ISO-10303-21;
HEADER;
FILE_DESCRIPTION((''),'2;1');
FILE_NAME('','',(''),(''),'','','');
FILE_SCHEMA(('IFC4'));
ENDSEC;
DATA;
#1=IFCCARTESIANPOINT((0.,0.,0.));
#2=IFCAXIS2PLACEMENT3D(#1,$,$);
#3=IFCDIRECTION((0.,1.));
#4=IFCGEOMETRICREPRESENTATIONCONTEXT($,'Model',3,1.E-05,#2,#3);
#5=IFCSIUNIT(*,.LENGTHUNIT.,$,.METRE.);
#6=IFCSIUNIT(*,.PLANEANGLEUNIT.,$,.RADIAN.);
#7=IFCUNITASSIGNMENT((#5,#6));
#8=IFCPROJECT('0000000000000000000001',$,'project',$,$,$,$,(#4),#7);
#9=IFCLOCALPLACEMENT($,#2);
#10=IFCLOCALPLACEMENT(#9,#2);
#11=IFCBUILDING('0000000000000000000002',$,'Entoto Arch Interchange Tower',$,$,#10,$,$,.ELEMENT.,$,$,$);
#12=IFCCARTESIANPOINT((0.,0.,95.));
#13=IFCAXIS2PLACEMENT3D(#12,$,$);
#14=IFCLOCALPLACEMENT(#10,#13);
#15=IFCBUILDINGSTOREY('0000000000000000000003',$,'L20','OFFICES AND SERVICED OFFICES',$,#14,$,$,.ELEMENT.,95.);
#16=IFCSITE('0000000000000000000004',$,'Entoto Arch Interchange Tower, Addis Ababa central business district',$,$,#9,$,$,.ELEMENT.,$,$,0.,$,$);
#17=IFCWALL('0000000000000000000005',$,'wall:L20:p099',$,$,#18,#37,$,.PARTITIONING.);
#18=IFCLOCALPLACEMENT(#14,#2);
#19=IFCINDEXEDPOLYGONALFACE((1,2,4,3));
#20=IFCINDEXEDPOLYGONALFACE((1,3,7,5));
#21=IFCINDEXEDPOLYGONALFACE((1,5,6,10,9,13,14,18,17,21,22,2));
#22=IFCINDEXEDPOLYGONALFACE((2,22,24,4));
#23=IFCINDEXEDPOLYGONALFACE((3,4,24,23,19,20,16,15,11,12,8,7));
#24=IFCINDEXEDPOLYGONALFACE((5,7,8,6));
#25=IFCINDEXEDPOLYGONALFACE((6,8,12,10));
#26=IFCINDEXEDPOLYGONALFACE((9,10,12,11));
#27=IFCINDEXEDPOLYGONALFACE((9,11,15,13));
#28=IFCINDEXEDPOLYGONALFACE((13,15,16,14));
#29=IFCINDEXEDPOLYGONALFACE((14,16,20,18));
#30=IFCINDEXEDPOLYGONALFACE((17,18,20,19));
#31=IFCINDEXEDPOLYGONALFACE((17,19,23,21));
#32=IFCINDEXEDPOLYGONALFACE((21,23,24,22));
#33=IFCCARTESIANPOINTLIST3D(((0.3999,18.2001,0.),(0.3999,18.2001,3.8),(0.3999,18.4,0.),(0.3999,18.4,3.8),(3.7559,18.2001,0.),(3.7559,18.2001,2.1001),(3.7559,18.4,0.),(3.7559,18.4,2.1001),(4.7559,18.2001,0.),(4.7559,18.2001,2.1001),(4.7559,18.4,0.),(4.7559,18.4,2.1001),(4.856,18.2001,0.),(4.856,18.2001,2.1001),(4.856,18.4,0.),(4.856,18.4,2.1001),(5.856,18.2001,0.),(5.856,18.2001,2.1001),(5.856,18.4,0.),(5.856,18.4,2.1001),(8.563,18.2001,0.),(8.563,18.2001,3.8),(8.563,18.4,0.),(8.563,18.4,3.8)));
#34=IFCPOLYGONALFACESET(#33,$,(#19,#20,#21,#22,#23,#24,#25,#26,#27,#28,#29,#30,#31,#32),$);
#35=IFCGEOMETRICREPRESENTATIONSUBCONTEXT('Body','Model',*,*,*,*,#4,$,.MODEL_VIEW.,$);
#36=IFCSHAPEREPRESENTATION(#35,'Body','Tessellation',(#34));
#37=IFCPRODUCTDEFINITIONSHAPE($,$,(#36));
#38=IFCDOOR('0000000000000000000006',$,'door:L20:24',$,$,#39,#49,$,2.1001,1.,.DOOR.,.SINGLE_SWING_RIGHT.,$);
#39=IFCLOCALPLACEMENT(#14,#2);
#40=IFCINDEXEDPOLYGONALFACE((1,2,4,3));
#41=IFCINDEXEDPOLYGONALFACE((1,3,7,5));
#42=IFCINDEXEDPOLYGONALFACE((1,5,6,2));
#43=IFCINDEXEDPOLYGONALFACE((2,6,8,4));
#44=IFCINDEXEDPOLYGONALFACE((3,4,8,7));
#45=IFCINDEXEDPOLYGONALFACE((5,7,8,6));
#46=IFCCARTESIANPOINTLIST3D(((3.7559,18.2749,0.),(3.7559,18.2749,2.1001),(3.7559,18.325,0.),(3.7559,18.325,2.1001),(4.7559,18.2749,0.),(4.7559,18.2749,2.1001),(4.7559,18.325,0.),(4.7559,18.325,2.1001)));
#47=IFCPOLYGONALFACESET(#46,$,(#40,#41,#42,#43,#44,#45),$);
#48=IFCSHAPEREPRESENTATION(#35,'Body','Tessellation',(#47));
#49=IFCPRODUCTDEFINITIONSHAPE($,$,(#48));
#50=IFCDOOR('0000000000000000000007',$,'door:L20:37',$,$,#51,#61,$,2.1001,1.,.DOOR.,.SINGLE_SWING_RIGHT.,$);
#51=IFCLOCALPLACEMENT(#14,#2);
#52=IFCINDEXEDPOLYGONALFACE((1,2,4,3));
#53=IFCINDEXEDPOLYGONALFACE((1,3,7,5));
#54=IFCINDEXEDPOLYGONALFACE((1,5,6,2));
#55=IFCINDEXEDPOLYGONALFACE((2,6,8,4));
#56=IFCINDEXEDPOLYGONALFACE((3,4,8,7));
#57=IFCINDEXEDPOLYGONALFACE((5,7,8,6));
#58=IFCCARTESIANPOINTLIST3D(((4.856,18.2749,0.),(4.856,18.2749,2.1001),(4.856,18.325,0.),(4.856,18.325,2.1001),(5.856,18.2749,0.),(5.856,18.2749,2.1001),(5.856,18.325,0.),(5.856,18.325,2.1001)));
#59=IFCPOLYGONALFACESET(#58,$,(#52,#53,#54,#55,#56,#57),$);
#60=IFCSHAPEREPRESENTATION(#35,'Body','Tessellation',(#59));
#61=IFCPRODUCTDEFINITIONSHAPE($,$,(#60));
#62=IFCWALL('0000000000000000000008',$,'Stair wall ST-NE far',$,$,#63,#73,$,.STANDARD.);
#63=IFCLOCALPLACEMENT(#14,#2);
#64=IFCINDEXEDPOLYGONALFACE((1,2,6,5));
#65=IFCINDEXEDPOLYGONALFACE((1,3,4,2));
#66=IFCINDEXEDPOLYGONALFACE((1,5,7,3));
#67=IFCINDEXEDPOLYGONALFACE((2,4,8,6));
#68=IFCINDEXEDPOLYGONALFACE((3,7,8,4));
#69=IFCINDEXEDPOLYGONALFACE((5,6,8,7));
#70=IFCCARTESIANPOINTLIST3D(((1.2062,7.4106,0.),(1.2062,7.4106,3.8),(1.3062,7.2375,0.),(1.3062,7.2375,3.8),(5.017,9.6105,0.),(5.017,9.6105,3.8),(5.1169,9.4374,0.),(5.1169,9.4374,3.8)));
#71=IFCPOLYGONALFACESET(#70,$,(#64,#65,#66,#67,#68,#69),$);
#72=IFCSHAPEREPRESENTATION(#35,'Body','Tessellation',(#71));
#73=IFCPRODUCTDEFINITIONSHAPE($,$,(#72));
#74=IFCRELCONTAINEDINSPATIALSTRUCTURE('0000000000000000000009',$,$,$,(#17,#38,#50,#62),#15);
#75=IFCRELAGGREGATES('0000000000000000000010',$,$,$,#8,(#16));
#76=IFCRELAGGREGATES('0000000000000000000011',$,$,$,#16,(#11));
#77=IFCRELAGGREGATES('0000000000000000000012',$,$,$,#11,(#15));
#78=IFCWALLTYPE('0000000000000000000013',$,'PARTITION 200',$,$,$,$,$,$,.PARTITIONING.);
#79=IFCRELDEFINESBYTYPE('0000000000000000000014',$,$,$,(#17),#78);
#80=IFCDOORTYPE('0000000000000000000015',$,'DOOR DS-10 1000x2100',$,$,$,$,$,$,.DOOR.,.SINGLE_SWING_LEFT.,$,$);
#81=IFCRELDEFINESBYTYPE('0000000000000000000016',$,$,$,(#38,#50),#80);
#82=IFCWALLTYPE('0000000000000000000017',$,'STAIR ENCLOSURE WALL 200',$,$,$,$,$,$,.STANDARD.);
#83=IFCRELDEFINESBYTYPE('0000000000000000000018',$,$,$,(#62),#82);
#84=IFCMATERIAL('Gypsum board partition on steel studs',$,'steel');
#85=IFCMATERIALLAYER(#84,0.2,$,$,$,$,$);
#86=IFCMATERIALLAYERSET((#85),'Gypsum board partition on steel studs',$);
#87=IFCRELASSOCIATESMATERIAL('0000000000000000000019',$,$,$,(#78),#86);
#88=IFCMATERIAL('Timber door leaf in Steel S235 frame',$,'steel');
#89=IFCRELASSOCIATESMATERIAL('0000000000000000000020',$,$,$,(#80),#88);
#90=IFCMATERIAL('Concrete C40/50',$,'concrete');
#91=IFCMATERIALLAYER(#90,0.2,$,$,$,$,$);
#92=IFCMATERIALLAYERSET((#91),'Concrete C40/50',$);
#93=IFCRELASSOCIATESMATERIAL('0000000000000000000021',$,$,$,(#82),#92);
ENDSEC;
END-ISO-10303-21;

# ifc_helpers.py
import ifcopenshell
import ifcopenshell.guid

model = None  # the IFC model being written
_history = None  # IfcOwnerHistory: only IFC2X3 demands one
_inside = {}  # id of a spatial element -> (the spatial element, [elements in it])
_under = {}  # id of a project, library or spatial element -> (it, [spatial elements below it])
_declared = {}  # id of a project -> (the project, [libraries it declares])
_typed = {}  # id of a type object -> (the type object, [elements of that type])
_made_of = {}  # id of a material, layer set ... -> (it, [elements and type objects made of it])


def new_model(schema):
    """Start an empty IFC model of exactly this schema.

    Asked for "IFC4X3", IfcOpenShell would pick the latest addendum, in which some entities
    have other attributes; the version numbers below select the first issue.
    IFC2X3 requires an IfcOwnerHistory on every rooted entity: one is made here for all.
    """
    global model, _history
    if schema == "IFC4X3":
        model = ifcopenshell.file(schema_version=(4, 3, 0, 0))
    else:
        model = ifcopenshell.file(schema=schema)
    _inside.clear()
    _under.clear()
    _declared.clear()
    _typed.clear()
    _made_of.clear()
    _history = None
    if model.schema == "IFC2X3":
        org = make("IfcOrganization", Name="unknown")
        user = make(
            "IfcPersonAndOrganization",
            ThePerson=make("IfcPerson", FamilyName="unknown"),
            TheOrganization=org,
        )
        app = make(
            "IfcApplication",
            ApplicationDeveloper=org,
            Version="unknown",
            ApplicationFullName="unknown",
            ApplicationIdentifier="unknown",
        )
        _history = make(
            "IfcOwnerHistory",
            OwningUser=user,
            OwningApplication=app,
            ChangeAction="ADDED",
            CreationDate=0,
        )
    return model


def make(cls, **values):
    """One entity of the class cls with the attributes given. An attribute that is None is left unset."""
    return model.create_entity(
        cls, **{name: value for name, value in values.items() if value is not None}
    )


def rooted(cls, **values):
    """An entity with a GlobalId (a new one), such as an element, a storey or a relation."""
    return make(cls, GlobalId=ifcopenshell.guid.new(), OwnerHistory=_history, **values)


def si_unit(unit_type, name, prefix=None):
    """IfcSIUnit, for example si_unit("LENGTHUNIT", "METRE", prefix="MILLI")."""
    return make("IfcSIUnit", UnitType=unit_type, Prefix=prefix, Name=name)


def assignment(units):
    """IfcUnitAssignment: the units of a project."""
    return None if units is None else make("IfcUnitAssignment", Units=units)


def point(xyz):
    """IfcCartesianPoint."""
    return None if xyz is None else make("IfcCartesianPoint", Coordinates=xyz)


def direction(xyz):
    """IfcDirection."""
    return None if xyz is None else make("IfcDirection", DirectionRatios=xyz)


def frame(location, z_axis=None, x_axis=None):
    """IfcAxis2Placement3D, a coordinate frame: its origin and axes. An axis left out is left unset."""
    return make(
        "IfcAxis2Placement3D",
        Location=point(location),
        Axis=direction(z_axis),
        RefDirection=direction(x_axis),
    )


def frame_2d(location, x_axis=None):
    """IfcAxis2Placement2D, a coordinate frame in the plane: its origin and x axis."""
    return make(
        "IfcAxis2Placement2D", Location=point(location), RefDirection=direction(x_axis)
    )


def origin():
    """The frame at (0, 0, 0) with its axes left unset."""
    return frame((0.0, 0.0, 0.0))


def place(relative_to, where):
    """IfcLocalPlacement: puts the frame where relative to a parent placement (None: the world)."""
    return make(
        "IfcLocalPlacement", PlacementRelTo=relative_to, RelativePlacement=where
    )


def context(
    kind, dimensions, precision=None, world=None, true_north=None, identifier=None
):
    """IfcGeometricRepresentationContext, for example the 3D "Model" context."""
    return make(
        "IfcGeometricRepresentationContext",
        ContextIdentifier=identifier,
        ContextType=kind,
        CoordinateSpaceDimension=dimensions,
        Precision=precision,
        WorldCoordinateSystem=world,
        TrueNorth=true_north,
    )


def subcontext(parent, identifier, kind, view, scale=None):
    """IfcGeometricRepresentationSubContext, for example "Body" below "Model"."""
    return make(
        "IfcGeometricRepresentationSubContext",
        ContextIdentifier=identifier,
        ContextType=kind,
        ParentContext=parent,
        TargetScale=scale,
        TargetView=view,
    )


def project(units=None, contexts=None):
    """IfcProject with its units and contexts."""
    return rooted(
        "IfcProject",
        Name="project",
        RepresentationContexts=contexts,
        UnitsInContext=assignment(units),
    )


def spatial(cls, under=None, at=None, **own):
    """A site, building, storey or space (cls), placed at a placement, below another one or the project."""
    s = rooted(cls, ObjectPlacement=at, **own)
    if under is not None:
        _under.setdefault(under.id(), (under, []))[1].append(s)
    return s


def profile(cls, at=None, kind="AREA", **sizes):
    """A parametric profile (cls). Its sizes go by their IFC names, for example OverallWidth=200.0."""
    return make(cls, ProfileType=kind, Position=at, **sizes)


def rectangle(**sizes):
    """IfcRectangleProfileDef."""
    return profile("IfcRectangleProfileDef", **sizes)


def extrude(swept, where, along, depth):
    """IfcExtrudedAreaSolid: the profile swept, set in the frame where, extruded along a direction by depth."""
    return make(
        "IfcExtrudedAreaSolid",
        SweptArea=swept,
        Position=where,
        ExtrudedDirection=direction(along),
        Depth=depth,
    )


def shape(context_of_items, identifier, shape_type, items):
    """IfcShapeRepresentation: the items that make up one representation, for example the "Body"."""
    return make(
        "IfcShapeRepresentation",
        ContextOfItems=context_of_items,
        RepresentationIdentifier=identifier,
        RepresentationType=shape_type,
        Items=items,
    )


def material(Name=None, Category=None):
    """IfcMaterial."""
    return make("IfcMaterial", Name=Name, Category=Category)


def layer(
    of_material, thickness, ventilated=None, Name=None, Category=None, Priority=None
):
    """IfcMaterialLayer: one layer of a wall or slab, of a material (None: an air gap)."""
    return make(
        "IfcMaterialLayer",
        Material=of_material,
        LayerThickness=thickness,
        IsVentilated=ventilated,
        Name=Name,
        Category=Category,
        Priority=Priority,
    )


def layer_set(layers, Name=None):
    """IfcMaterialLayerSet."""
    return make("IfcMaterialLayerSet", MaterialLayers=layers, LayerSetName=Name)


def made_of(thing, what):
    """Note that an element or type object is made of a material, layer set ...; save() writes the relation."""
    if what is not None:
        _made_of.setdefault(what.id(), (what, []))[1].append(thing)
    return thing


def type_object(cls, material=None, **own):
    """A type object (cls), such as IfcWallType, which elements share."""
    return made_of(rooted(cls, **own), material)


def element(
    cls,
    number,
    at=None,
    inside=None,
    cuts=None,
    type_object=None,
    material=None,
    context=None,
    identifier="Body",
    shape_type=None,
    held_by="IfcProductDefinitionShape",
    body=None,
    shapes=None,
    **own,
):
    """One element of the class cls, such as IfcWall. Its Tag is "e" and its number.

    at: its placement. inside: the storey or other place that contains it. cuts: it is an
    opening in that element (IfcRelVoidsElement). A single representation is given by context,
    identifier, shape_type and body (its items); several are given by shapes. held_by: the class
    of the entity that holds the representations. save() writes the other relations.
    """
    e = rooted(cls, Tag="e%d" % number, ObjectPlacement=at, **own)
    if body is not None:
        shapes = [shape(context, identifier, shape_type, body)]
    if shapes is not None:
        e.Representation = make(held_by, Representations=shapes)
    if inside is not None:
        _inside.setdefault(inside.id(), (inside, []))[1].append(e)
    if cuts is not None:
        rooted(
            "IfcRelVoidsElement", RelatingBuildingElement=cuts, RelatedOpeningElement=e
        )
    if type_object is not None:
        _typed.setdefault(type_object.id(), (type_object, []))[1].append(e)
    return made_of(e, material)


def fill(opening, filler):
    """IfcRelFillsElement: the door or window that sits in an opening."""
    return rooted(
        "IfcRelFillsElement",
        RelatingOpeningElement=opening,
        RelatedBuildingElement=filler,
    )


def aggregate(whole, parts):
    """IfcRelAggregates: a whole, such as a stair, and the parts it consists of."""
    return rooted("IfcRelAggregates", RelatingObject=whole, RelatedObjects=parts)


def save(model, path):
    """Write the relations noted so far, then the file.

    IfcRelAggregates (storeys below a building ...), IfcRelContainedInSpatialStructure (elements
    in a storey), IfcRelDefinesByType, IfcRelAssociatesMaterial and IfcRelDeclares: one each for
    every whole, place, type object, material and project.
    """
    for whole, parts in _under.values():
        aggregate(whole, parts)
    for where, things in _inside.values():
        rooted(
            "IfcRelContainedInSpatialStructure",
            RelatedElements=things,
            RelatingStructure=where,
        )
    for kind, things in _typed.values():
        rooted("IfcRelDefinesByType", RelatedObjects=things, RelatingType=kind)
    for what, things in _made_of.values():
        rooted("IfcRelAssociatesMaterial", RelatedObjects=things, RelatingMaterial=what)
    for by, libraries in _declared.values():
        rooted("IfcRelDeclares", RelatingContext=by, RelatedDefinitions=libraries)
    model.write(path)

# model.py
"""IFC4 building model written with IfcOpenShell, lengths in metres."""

from ifc_helpers import new_model, si_unit, direction, frame, frame_2d, origin, place, context, subcontext, project, spatial, rectangle, extrude, material, layer, layer_set, type_object, element, fill, save


model = new_model("IFC4")

# Units and contexts
model_context = context("Model", 3, precision=1e-05, world=origin(), true_north=direction((0.0, 1.0)))
body_context = subcontext(model_context, "Body", "Model", "MODEL_VIEW")
ifc_project = project(units=[si_unit("LENGTHUNIT", "METRE"), si_unit("PLANEANGLEUNIT", "RADIAN")], contexts=[model_context])

# Site, building, storey
site_placement = place(None, origin())
site = spatial("IfcSite", under=ifc_project, at=site_placement, Name="Entoto Arch Interchange Tower, Addis Ababa central business district", CompositionType="ELEMENT", RefElevation=0.0)
building_placement = place(site_placement, origin())
building = spatial("IfcBuilding", under=site, at=building_placement, Name="Entoto Arch Interchange Tower", CompositionType="ELEMENT")
storey_placement = place(building_placement, frame((0.0, 0.0, 95.0)))
storey = spatial("IfcBuildingStorey", under=building, at=storey_placement, Name="L20", Description="OFFICES AND SERVICED OFFICES", CompositionType="ELEMENT", Elevation=95.0)

# Shared definitions
ifc_material_1 = material(Name="Concrete C40/50", Category="concrete")

# Shared definitions
ifc_material_2 = material(Name="Gypsum board partition on steel studs", Category="steel")
ifc_layer_1 = layer(ifc_material_2, 0.2)
ifc_layer_set_1 = layer_set([ifc_layer_1], Name="Gypsum board partition on steel studs")
wall_type_1 = type_object("IfcWallType", Name="PARTITION 200", PredefinedType="PARTITIONING", material=ifc_layer_set_1)

# Wall, openings, doors
wall_1_placement = place(storey_placement, frame((0.3999, 18.3, 0.0), z_axis=(0.0, 0.0, 1.0), x_axis=(1.0, 0.0, 0.0)))
wall_1 = element("IfcWall", 1, at=wall_1_placement, inside=storey, type_object=wall_type_1, Name="wall:L20:p099", PredefinedType="PARTITIONING", context=body_context, shape_type="SweptSolid", body=[
    extrude(rectangle(XDim=8.1631, YDim=0.2, at=frame_2d((4.0815, 0.0))), origin(), (0.0, 0.0, 1.0), 3.8),
])
opening_1_placement = place(wall_1_placement, frame((3.356, 0.0, 0.0)))
opening_1 = element("IfcOpeningElement", 2, at=opening_1_placement, cuts=wall_1, PredefinedType="OPENING", context=body_context, shape_type="SweptSolid", body=[
    extrude(rectangle(XDim=1.0, YDim=2.1001, at=frame_2d((0.5, 1.05))), frame((0.0, 0.1099, 0.0), z_axis=(0.0, -1.0, 0.0), x_axis=(1.0, 0.0, 0.0)), (0.0, 0.0, 1.0), 0.22),
])
opening_2_placement = place(wall_1_placement, frame((4.4561, 0.0, 0.0)))
opening_2 = element("IfcOpeningElement", 3, at=opening_2_placement, cuts=wall_1, PredefinedType="OPENING", context=body_context, shape_type="SweptSolid", body=[
    extrude(rectangle(XDim=1.0, YDim=2.1001, at=frame_2d((0.5, 1.05))), frame((0.0, 0.1099, 0.0), z_axis=(0.0, -1.0, 0.0), x_axis=(1.0, 0.0, 0.0)), (0.0, 0.0, 1.0), 0.22),
])
ifc_material_3 = material(Name="Timber door leaf in Steel S235 frame", Category="steel")
door_type_1 = type_object("IfcDoorType", Name="DOOR DS-10 1000x2100", OperationType="SINGLE_SWING_LEFT", PredefinedType="DOOR", material=ifc_material_3)
door_1_placement = place(opening_1_placement, origin())
door_1 = element("IfcDoor", 4, at=door_1_placement, inside=storey, type_object=door_type_1, Name="door:L20:24", OperationType="SINGLE_SWING_RIGHT", OverallHeight=2.1001, OverallWidth=1.0, PredefinedType="DOOR", context=body_context, shape_type="SweptSolid", body=[
    extrude(rectangle(XDim=1.0, YDim=2.1001, at=frame_2d((0.5, 1.05))), frame((0.0, 0.0249, 0.0), z_axis=(0.0, -1.0, 0.0), x_axis=(1.0, 0.0, 0.0)), (0.0, 0.0, 1.0), 0.05),
])
fill(opening_1, door_1)
door_2_placement = place(opening_2_placement, origin())
door_2 = element("IfcDoor", 5, at=door_2_placement, inside=storey, type_object=door_type_1, Name="door:L20:37", OperationType="SINGLE_SWING_RIGHT", OverallHeight=2.1001, OverallWidth=1.0, PredefinedType="DOOR", context=body_context, shape_type="SweptSolid", body=[
    extrude(rectangle(XDim=1.0, YDim=2.1001, at=frame_2d((0.5, 1.05))), frame((0.0, 0.0249, 0.0), z_axis=(0.0, -1.0, 0.0), x_axis=(1.0, 0.0, 0.0)), (0.0, 0.0, 1.0), 0.05),
])
fill(opening_2, door_2)

# Wall
ifc_layer_2 = layer(ifc_material_1, 0.2)
ifc_layer_set_2 = layer_set([ifc_layer_2], Name="Concrete C40/50")
wall_type_2 = type_object("IfcWallType", Name="STAIR ENCLOSURE WALL 200", PredefinedType="STANDARD", material=ifc_layer_set_2)
wall_2_placement = place(storey_placement, frame((1.2561, 7.324, 0.0), z_axis=(0.0, 0.0, 1.0), x_axis=(0.866046, 0.499964, 0.0)))
element("IfcWall", 6, at=wall_2_placement, inside=storey, type_object=wall_type_2, Name="Stair wall ST-NE far", PredefinedType="STANDARD", context=body_context, shape_type="SweptSolid", body=[
    extrude(rectangle(XDim=4.4001, YDim=0.2, at=frame_2d((2.2002, 0.0))), origin(), (0.0, 0.0, 1.0), 3.8),
])

save(model, "model.ifc")
